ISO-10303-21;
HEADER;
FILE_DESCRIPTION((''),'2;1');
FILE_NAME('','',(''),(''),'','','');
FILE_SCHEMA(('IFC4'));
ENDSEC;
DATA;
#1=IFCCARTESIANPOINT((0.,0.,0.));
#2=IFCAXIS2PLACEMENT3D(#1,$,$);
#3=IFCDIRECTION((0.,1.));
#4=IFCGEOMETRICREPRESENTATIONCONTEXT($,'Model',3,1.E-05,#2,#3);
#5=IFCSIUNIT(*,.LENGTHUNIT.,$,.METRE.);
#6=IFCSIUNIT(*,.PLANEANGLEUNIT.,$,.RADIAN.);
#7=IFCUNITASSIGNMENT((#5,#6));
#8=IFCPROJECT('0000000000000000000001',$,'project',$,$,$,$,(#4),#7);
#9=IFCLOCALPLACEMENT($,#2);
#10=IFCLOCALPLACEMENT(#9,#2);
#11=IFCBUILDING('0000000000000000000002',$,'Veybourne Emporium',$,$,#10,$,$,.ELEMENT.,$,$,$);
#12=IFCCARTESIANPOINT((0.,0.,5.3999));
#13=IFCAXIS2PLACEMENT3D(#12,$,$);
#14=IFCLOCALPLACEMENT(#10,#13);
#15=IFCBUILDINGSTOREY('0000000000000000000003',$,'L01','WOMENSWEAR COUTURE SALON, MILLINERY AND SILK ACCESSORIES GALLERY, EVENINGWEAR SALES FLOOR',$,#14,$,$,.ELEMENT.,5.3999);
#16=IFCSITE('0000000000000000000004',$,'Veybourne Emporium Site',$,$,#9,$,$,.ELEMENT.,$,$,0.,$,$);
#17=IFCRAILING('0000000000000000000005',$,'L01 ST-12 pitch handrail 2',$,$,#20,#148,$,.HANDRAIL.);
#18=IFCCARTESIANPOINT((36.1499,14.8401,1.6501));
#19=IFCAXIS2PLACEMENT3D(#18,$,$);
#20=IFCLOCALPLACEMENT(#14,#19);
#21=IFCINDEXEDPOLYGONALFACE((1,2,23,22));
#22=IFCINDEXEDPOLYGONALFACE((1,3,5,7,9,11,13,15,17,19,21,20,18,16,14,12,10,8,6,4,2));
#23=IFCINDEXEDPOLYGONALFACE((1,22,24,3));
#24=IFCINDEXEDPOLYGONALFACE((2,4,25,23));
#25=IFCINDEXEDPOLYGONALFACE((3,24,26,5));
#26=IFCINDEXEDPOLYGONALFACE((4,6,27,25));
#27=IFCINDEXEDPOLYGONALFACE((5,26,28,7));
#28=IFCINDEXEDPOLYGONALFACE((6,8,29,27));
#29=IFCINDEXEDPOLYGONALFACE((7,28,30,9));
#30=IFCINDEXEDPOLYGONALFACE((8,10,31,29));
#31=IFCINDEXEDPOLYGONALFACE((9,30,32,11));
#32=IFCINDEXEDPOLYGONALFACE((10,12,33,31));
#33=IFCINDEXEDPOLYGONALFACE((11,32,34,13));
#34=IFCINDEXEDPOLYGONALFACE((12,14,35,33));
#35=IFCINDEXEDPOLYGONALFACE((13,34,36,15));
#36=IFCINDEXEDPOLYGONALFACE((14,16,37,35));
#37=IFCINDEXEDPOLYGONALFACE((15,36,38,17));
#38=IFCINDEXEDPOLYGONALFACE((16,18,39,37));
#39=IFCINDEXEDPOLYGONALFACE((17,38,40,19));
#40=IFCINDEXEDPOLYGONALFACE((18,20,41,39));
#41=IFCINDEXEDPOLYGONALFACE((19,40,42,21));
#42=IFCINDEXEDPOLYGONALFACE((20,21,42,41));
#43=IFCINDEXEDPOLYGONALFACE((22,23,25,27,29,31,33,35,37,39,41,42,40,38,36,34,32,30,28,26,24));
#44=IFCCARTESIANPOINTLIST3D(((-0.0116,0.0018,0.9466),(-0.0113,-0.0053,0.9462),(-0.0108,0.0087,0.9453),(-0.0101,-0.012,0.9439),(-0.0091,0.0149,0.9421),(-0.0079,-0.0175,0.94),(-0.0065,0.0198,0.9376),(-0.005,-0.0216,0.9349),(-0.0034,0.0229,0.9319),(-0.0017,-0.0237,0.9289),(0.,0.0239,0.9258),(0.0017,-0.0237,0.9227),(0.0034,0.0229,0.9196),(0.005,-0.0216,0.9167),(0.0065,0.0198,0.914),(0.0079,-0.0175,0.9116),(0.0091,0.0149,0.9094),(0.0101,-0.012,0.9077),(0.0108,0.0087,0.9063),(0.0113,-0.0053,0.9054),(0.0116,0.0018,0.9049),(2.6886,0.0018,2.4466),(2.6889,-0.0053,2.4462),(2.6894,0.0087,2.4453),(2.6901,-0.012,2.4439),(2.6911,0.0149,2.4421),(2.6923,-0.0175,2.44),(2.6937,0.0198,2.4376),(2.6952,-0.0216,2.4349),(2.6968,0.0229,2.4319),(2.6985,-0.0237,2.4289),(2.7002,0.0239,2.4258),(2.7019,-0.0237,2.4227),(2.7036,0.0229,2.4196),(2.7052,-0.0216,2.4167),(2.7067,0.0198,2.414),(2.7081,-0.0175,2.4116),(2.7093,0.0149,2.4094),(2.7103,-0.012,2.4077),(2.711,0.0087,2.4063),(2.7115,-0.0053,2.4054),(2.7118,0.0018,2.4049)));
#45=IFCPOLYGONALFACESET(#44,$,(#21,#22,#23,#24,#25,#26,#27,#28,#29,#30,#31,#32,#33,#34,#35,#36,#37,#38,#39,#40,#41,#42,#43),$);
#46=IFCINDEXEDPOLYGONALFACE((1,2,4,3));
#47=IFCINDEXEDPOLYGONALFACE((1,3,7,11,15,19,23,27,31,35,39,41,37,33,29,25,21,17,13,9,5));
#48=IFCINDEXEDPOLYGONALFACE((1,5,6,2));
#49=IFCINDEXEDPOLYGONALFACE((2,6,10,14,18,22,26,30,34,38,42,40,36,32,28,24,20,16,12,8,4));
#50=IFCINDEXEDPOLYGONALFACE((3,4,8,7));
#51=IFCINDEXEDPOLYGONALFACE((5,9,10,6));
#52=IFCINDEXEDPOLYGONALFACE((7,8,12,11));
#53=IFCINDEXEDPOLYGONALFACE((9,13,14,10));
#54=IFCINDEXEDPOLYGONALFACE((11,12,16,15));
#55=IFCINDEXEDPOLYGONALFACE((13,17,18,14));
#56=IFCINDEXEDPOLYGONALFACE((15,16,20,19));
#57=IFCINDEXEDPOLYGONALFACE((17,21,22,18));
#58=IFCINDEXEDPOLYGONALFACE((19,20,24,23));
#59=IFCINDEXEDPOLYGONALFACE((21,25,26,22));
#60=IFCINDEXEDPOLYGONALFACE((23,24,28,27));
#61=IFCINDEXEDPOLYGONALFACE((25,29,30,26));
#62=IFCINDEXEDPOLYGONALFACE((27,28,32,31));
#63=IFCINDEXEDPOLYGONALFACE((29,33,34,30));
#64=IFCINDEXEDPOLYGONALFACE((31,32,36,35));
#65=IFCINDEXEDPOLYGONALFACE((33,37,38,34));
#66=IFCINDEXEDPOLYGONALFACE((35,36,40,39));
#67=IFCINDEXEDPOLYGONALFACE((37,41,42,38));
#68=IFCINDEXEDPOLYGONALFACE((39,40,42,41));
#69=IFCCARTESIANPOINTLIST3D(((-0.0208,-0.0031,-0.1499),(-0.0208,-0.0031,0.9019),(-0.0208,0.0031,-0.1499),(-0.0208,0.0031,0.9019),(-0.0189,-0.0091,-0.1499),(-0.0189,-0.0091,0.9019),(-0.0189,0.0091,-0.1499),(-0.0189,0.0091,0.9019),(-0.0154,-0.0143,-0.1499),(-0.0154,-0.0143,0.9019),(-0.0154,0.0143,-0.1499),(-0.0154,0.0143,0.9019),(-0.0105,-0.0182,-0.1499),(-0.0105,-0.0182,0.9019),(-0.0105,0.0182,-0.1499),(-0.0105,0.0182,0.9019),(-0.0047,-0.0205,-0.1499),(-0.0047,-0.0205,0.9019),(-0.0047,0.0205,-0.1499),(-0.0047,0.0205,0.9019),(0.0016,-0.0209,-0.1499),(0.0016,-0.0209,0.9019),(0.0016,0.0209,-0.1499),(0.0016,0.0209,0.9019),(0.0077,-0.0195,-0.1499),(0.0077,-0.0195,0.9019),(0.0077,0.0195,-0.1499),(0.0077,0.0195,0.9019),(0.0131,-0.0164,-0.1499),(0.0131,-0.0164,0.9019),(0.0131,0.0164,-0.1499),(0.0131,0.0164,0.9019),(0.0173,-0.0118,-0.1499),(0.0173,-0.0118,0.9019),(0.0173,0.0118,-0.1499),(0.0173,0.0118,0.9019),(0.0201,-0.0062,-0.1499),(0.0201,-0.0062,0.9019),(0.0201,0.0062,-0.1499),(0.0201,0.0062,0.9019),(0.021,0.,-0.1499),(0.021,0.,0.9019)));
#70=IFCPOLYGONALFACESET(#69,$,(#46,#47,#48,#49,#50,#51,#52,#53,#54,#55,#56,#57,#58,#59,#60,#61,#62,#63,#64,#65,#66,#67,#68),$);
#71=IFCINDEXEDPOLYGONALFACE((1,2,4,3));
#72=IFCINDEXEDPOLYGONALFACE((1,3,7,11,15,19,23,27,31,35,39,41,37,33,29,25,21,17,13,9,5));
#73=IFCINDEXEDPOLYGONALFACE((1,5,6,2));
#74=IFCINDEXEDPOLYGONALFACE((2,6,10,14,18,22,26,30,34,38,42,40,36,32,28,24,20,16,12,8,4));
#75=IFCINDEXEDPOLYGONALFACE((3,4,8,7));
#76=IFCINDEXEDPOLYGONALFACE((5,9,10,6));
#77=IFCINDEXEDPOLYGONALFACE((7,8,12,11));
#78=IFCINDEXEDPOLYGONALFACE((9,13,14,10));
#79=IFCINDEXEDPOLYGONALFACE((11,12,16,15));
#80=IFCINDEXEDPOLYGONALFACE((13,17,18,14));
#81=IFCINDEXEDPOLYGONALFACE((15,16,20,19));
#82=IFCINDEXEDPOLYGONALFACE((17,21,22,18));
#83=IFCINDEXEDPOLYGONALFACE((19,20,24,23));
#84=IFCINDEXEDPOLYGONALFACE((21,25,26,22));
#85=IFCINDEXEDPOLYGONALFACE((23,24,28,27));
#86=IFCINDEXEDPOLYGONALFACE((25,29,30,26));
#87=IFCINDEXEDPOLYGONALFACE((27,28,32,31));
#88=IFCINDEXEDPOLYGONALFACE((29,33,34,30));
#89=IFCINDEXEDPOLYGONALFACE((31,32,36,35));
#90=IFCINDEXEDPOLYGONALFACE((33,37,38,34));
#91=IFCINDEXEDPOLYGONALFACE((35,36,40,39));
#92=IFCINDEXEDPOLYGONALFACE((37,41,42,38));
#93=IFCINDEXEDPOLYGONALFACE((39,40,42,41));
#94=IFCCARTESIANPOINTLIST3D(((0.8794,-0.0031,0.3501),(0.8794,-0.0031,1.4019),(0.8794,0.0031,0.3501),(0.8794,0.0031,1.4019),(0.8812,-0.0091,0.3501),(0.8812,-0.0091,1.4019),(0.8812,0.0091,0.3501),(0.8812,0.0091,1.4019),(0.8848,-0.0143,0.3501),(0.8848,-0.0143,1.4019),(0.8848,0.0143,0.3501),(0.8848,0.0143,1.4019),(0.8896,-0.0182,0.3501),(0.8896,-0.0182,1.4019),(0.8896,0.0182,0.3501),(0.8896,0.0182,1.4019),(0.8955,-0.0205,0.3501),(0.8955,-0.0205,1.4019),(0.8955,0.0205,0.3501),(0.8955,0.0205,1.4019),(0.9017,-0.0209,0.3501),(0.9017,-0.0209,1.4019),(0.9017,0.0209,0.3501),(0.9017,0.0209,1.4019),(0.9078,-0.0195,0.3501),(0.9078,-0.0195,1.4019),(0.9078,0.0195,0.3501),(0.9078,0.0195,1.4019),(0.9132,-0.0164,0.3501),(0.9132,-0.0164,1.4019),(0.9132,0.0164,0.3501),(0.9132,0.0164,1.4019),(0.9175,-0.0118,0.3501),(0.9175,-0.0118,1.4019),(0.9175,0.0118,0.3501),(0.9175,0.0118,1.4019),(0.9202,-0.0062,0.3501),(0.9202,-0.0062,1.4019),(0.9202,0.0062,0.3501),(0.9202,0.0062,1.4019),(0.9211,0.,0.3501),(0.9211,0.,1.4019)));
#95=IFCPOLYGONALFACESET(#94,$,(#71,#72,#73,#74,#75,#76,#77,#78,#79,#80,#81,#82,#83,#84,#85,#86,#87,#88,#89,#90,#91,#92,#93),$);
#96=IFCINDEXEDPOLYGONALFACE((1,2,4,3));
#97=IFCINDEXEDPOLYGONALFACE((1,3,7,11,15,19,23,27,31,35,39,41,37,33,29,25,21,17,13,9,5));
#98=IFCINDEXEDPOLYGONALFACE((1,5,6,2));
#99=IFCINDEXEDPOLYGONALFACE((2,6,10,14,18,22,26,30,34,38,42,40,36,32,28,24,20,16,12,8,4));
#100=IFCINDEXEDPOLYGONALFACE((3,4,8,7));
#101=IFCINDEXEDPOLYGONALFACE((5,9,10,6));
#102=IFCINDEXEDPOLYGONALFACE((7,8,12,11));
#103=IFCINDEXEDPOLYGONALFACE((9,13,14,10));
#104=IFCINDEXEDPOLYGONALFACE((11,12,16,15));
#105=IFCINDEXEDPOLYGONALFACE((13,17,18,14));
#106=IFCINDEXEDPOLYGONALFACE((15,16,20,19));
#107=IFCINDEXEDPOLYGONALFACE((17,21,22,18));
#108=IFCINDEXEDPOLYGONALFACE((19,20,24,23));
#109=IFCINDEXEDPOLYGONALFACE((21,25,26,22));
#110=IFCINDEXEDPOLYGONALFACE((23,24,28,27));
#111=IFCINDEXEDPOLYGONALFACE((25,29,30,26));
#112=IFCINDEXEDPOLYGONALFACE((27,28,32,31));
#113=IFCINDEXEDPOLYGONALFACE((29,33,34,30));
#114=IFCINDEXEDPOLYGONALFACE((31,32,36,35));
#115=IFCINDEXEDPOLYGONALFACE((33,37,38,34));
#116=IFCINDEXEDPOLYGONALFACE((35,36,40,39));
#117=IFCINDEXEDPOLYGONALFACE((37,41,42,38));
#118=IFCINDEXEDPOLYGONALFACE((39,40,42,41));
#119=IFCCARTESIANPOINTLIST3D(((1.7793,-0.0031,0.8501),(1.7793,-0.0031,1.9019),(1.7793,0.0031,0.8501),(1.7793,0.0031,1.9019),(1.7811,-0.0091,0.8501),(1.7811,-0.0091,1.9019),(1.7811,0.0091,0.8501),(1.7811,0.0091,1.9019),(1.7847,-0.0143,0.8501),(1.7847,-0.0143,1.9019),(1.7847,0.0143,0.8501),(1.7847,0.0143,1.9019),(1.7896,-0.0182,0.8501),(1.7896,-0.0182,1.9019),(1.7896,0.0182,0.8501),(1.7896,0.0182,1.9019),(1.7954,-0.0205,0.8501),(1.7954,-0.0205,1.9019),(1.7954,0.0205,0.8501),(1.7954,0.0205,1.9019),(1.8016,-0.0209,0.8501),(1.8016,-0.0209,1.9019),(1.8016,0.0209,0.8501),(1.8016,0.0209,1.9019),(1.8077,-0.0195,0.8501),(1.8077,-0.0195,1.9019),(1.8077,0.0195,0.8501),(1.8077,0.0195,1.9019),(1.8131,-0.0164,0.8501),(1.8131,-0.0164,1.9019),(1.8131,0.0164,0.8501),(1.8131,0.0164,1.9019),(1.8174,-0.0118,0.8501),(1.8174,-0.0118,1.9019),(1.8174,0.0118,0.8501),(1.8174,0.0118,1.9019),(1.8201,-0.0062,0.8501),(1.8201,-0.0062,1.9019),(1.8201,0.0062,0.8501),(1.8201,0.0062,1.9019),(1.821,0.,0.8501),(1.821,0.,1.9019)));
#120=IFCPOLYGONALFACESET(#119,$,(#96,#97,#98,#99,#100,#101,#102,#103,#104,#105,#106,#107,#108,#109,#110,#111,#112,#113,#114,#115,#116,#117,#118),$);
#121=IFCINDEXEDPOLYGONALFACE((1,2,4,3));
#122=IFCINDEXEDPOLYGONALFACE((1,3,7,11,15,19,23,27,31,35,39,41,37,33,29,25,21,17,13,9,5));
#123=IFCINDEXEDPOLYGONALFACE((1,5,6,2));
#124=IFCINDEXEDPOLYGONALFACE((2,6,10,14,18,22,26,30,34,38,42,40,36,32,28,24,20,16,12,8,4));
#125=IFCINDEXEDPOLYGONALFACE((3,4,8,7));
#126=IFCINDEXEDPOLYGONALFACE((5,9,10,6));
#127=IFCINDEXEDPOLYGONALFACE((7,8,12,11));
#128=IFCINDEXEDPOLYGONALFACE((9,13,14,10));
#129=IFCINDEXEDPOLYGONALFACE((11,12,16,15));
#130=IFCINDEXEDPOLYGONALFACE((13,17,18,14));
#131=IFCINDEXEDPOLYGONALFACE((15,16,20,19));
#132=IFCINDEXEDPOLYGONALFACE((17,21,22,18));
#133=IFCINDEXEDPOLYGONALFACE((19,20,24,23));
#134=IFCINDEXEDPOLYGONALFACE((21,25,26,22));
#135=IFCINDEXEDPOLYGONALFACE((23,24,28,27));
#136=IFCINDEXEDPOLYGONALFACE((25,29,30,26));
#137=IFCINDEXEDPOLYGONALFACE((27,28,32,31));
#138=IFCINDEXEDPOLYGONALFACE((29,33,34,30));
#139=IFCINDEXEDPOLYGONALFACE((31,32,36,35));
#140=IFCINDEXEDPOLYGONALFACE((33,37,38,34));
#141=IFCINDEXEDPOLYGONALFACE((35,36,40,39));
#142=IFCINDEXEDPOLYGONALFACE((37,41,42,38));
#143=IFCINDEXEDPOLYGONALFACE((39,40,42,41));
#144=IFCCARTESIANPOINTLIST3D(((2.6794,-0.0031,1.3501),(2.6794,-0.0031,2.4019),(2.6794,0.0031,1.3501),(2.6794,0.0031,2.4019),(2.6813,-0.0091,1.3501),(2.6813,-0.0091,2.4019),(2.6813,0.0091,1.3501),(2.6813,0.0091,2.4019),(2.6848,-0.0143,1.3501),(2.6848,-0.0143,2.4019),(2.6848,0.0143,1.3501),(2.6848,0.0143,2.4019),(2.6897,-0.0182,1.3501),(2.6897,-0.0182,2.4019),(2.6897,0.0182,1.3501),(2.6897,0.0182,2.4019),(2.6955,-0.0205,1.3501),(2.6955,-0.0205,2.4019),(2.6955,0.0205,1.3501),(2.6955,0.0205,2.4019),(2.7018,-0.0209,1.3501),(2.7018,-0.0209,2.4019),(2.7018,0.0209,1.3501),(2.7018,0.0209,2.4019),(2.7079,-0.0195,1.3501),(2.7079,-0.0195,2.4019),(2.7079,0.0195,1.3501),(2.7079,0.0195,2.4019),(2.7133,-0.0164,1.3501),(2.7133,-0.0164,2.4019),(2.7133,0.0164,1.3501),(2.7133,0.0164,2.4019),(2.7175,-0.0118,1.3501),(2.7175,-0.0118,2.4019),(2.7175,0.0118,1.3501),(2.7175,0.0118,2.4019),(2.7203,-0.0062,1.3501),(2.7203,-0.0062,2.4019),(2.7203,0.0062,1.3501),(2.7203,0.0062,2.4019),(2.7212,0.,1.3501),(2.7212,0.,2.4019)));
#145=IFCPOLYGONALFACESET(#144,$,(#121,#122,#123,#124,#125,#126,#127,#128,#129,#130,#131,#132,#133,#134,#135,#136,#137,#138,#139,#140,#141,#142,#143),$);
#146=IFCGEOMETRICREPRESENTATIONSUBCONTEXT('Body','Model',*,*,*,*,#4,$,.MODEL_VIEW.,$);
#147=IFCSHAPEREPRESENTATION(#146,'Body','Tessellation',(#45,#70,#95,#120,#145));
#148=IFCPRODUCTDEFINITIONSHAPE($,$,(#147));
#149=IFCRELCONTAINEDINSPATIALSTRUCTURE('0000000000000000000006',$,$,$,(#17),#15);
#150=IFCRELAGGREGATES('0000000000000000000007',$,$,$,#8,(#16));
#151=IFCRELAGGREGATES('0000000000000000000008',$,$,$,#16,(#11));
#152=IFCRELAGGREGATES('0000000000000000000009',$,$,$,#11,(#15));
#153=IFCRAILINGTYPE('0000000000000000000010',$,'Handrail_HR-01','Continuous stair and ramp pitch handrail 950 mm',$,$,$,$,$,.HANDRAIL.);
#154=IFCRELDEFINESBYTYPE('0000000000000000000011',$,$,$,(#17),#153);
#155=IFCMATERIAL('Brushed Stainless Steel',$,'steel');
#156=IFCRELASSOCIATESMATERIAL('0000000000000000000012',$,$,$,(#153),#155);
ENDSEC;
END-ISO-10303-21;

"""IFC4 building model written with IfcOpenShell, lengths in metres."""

from ifc_helpers import new_model, si_unit, direction, frame, origin, origin_2d, place, context, subcontext, project, spatial, circle, extrude, material, type_object, element, save


model = new_model("IFC4")

# Units and contexts
model_context = context("Model", 3, precision=1e-05, world=origin(), true_north=direction((0.0, 1.0)))
body_context = subcontext(model_context, "Body", "Model", "MODEL_VIEW")
ifc_project = project(units=[si_unit("LENGTHUNIT", "METRE"), si_unit("PLANEANGLEUNIT", "RADIAN")], contexts=[model_context])

# Site, building, storey
site_placement = place(None, origin())
site = spatial("IfcSite", under=ifc_project, at=site_placement, Name="Veybourne Emporium Site", CompositionType="ELEMENT", RefElevation=0.0)
building_placement = place(site_placement, origin())
building = spatial("IfcBuilding", under=site, at=building_placement, Name="Veybourne Emporium", CompositionType="ELEMENT")
storey_placement = place(building_placement, frame((0.0, 0.0, 5.3999)))
storey = spatial("IfcBuildingStorey", under=building, at=storey_placement, Name="L01", Description="WOMENSWEAR COUTURE SALON, MILLINERY AND SILK ACCESSORIES GALLERY, EVENINGWEAR SALES FLOOR", CompositionType="ELEMENT", Elevation=5.3999)

# Railing
ifc_material_1 = material(Name="Brushed Stainless Steel", Category="steel")
railing_type_1 = type_object("IfcRailingType", Name="Handrail_HR-01", Description="Continuous stair and ramp pitch handrail 950 mm", PredefinedType="HANDRAIL", material=ifc_material_1)
railing_1_placement = place(storey_placement, frame((36.1499, 14.8401, 1.6501)))
element("IfcRailing", 1, at=railing_1_placement, inside=storey, type_object=railing_type_1, Name="L01 ST-12 pitch handrail 2", PredefinedType="HANDRAIL", context=body_context, shape_type="SweptSolid", body=[
    extrude(circle(Radius=0.0239, at=origin_2d()), frame((0.0, 0.0, 0.9258), z_axis=(0.874172, 0.0, 0.485616), x_axis=(0.0, 1.0, 0.0)), (0.0, 0.0, 1.0), 3.0889),
    extrude(circle(Radius=0.021, at=origin_2d()), frame((0.0, 0.0, -0.1499)), (0.0, 0.0, 1.0), 1.0518),
    extrude(circle(Radius=0.021, at=origin_2d()), frame((0.9001, 0.0, 0.3501)), (0.0, 0.0, 1.0), 1.0518),
    extrude(circle(Radius=0.021, at=origin_2d()), frame((1.8, 0.0, 0.8501)), (0.0, 0.0, 1.0), 1.0518),
    extrude(circle(Radius=0.021, at=origin_2d()), frame((2.7002, 0.0, 1.3501)), (0.0, 0.0, 1.0), 1.0518),
])

save(model, "model.ifc")
